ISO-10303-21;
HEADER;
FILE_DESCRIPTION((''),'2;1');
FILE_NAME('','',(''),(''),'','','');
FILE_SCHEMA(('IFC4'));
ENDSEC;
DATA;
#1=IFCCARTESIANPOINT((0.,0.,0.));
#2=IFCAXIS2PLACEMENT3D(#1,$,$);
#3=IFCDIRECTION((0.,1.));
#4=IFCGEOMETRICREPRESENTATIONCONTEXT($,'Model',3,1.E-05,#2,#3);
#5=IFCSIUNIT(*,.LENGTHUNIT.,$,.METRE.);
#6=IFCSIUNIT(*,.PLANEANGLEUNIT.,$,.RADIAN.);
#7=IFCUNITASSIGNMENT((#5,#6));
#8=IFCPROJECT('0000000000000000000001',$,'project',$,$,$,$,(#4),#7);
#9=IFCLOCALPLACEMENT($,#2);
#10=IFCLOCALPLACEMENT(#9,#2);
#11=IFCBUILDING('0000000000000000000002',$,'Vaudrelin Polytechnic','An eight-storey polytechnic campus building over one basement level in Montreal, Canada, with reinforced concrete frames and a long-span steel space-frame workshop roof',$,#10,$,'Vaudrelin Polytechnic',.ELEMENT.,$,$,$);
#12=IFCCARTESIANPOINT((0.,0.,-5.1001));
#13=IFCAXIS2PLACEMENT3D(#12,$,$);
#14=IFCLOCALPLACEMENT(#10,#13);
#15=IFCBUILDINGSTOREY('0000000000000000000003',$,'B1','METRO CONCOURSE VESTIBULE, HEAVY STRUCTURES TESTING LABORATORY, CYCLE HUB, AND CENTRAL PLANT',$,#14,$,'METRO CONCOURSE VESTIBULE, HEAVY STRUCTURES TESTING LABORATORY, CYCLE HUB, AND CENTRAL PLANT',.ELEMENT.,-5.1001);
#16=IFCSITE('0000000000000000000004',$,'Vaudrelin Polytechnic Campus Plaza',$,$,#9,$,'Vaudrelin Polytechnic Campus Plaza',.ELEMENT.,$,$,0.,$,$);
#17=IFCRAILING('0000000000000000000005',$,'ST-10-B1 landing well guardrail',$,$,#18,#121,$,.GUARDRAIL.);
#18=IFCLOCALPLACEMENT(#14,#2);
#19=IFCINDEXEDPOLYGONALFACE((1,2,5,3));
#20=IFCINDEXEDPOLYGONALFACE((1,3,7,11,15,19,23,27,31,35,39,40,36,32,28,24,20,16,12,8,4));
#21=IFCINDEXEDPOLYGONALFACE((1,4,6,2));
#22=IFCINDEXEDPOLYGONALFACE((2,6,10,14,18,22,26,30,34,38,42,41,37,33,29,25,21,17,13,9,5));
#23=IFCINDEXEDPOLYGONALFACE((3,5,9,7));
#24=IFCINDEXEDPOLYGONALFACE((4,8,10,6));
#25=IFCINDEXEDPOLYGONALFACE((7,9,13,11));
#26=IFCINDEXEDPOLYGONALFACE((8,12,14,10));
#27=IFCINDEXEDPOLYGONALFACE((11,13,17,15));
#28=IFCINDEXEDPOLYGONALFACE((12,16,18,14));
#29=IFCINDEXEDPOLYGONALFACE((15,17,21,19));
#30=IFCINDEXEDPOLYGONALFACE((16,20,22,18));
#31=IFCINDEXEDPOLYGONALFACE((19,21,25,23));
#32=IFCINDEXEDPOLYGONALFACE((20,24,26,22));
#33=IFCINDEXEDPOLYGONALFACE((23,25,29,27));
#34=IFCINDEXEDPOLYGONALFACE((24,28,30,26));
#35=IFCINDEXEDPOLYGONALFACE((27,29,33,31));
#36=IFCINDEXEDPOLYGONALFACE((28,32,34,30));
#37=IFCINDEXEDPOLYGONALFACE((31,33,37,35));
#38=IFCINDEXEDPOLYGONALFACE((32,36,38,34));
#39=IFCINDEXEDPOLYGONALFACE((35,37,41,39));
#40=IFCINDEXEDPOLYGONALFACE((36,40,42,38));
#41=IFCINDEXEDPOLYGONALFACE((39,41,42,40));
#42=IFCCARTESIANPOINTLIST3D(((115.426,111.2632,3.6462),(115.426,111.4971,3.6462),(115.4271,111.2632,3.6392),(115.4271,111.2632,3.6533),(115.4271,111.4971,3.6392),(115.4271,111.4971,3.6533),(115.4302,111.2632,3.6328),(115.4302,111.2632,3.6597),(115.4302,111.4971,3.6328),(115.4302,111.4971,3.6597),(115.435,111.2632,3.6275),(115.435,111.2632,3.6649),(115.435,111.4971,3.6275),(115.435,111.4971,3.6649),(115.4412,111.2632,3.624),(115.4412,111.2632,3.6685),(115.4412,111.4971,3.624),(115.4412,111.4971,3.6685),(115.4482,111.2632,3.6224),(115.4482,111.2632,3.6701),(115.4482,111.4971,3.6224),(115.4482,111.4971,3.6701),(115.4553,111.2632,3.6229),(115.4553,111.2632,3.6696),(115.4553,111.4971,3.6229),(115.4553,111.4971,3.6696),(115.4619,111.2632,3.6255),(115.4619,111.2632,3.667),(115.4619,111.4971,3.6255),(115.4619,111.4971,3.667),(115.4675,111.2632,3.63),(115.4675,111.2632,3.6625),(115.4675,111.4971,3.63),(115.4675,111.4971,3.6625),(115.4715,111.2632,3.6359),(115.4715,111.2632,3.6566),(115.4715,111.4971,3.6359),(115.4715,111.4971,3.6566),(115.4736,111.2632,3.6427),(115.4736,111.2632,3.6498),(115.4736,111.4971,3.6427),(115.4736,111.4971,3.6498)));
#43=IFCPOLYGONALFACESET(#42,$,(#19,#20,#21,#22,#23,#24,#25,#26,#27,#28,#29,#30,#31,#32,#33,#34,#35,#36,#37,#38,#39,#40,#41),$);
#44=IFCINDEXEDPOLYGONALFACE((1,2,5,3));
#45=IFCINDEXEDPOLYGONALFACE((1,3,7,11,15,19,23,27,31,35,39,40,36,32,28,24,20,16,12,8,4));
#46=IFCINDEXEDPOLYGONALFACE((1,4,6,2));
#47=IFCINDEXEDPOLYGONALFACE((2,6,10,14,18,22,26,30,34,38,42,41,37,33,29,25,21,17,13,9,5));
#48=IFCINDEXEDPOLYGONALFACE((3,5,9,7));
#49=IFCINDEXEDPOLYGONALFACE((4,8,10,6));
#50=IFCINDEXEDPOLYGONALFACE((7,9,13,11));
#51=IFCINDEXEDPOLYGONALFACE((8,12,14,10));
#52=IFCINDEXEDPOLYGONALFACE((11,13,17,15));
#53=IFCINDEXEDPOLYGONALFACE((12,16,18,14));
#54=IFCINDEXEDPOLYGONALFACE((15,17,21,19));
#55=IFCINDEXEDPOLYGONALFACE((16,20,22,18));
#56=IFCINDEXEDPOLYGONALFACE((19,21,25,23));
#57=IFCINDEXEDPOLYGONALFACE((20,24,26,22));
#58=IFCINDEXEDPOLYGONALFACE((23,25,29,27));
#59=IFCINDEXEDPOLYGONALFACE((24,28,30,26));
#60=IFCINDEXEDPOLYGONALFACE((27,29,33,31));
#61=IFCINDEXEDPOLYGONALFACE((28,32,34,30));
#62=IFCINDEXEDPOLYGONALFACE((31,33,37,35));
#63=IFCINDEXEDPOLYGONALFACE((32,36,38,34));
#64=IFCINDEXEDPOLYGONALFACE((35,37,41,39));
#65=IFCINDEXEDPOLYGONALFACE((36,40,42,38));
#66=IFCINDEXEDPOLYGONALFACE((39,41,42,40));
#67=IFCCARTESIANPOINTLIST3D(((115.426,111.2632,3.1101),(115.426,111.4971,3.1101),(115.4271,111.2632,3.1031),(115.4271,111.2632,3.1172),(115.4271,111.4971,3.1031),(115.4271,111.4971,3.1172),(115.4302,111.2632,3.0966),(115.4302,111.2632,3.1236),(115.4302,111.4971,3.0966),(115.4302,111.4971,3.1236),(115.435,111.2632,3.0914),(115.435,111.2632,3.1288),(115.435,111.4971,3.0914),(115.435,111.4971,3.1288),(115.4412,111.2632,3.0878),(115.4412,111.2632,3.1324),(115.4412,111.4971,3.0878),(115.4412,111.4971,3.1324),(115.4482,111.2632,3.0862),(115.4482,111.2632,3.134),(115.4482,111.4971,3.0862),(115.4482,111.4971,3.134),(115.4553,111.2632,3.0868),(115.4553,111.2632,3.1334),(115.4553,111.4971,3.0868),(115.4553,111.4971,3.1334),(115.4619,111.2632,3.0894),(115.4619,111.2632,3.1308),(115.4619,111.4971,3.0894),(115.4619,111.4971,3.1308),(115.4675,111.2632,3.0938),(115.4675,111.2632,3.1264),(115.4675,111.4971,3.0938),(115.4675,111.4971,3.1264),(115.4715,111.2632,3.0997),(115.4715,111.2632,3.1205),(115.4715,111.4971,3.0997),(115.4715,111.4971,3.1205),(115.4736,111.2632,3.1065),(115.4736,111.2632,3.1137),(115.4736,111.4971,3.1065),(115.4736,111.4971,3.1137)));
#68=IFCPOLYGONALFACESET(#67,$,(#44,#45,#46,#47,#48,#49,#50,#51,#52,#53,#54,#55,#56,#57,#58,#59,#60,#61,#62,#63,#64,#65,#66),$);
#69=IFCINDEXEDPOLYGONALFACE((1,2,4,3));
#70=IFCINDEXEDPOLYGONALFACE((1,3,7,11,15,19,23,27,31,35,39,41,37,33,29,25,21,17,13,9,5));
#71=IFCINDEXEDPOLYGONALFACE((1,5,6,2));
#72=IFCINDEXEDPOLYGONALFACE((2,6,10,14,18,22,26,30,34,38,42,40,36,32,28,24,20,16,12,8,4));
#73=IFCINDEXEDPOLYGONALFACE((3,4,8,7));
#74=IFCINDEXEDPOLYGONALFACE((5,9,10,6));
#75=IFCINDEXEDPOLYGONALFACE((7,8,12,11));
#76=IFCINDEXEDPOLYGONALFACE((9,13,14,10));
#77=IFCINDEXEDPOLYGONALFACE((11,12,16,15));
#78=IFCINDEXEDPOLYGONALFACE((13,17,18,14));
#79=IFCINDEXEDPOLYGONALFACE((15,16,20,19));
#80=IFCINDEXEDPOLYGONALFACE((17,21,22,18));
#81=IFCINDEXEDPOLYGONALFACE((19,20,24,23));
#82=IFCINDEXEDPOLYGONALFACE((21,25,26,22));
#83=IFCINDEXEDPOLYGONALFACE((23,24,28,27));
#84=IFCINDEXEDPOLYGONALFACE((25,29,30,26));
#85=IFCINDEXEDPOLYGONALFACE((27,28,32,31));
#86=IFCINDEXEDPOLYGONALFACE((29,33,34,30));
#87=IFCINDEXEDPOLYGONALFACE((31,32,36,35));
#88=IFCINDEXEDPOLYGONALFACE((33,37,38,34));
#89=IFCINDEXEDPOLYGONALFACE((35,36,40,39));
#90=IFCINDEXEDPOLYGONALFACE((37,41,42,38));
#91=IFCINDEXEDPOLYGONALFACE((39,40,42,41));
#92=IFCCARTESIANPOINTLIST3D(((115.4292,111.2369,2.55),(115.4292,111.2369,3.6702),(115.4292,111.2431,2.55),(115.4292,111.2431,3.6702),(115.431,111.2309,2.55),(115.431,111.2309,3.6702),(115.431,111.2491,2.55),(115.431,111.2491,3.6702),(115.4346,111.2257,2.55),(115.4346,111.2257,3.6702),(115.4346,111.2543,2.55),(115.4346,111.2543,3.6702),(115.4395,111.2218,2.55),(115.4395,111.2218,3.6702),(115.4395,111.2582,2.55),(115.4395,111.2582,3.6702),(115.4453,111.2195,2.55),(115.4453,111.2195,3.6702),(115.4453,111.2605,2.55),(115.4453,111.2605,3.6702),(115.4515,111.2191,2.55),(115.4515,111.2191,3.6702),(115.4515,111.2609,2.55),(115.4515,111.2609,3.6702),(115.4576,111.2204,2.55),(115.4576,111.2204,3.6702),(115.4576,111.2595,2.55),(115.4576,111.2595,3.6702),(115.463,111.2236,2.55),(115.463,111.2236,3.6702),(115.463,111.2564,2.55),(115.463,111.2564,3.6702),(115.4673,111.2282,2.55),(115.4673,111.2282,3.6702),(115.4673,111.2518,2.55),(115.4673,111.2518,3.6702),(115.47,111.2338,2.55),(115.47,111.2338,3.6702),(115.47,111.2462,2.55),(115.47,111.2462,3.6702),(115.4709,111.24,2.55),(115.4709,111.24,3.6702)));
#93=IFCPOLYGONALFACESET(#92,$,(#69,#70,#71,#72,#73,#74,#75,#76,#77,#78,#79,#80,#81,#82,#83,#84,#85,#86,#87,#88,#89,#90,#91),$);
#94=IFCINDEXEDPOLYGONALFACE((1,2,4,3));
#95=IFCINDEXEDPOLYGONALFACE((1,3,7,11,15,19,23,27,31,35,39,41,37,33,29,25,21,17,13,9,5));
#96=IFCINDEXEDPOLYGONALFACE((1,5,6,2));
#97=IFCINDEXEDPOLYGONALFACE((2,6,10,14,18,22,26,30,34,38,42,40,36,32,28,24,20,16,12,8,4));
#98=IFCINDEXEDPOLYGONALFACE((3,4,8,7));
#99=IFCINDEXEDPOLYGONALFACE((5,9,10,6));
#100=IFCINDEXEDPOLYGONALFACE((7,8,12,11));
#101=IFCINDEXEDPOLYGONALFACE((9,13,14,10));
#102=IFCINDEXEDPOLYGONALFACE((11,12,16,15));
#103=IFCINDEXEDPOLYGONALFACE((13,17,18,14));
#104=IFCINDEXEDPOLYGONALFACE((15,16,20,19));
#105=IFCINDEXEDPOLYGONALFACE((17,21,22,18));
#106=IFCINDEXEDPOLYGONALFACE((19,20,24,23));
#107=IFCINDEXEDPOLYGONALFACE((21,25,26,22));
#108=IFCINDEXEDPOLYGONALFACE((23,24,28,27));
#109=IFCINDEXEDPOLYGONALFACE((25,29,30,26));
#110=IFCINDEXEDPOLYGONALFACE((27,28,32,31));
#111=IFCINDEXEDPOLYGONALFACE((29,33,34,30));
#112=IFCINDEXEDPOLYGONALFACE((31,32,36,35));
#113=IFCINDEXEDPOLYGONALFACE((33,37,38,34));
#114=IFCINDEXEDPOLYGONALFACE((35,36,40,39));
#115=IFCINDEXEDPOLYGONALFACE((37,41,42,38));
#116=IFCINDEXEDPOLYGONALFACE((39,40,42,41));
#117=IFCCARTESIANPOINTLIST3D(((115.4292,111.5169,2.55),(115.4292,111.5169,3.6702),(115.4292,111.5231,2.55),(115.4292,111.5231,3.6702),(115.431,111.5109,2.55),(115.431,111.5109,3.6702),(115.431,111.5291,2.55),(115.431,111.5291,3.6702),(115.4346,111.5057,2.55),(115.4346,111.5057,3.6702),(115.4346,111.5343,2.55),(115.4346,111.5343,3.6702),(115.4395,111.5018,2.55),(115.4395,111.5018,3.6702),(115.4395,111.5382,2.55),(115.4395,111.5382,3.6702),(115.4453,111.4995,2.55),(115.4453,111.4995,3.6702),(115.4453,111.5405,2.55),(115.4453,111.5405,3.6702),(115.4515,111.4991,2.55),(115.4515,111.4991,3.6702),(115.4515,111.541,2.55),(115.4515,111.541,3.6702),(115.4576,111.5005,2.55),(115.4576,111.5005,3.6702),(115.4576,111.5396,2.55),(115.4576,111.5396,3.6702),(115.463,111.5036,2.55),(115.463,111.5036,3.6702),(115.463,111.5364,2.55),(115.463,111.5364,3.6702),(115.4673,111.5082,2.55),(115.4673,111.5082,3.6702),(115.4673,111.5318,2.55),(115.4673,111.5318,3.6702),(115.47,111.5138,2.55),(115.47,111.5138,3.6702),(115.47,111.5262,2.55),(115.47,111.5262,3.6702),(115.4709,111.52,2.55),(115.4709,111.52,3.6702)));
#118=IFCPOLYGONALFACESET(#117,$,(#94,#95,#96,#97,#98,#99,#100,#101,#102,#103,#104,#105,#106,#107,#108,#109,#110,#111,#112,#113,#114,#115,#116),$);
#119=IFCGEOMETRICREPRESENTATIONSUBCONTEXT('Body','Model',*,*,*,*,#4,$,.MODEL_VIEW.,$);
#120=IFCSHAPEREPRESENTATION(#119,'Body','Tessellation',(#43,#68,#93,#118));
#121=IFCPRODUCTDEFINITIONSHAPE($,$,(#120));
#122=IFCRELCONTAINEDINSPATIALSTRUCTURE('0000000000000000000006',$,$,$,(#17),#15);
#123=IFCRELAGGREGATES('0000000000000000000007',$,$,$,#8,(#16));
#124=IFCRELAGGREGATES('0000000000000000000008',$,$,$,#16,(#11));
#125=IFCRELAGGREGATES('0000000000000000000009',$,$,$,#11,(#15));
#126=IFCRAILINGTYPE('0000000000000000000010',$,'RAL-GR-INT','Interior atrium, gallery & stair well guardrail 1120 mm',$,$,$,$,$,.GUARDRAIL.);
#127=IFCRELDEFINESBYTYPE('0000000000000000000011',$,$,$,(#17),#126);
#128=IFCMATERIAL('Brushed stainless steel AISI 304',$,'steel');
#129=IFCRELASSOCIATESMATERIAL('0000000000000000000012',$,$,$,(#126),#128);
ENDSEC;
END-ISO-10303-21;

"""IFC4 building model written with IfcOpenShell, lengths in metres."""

from ifc_helpers import new_model, si_unit, direction, frame, origin, origin_2d, place, context, subcontext, project, spatial, circle, extrude, material, type_object, element, save


model = new_model("IFC4")

# Units and contexts
model_context = context("Model", 3, precision=1e-05, world=origin(), true_north=direction((0.0, 1.0)))
body_context = subcontext(model_context, "Body", "Model", "MODEL_VIEW")
ifc_project = project(units=[si_unit("LENGTHUNIT", "METRE"), si_unit("PLANEANGLEUNIT", "RADIAN")], contexts=[model_context])

# Site, building, storey
site_placement = place(None, origin())
site = spatial("IfcSite", under=ifc_project, at=site_placement, Name="Vaudrelin Polytechnic Campus Plaza", LongName="Vaudrelin Polytechnic Campus Plaza", CompositionType="ELEMENT", RefElevation=0.0)
building_placement = place(site_placement, origin())
building = spatial("IfcBuilding", under=site, at=building_placement, Name="Vaudrelin Polytechnic", Description="An eight-storey polytechnic campus building over one basement level in Montreal, Canada, with reinforced concrete frames and a long-span steel space-frame workshop roof", LongName="Vaudrelin Polytechnic", CompositionType="ELEMENT")
storey_placement = place(building_placement, frame((0.0, 0.0, -5.1001)))
storey = spatial("IfcBuildingStorey", under=building, at=storey_placement, Name="B1", Description="METRO CONCOURSE VESTIBULE, HEAVY STRUCTURES TESTING LABORATORY, CYCLE HUB, AND CENTRAL PLANT", LongName="METRO CONCOURSE VESTIBULE, HEAVY STRUCTURES TESTING LABORATORY, CYCLE HUB, AND CENTRAL PLANT", CompositionType="ELEMENT", Elevation=-5.1001)

# Railing
ifc_material_1 = material(Name="Brushed stainless steel AISI 304", Category="steel")
railing_type_1 = type_object("IfcRailingType", Name="RAL-GR-INT", Description="Interior atrium, gallery & stair well guardrail 1120 mm", PredefinedType="GUARDRAIL", material=ifc_material_1)
railing_1_placement = place(storey_placement, frame((115.45, 111.24, 2.55)))
element("IfcRailing", 1, at=railing_1_placement, inside=storey, type_object=railing_type_1, Name="ST-10-B1 landing well guardrail", PredefinedType="GUARDRAIL", context=body_context, shape_type="SweptSolid", body=[
    extrude(circle(Radius=0.0239, at=origin_2d()), frame((0.0, 0.0232, 1.0962), z_axis=(0.0, 1.0, 0.0), x_axis=(-1.0, 0.0, 0.0)), (0.0, 0.0, 1.0), 0.2339),
    extrude(circle(Radius=0.0239, at=origin_2d()), frame((0.0, 0.0232, 0.5601), z_axis=(0.0, 1.0, 0.0), x_axis=(-1.0, 0.0, 0.0)), (0.0, 0.0, 1.0), 0.2339),
    extrude(circle(Radius=0.021, at=origin_2d()), origin(), (0.0, 0.0, 1.0), 1.1201),
    extrude(circle(Radius=0.021, at=origin_2d()), frame((0.0, 0.28, 0.0)), (0.0, 0.0, 1.0), 1.1201),
])

save(model, "model.ifc")
